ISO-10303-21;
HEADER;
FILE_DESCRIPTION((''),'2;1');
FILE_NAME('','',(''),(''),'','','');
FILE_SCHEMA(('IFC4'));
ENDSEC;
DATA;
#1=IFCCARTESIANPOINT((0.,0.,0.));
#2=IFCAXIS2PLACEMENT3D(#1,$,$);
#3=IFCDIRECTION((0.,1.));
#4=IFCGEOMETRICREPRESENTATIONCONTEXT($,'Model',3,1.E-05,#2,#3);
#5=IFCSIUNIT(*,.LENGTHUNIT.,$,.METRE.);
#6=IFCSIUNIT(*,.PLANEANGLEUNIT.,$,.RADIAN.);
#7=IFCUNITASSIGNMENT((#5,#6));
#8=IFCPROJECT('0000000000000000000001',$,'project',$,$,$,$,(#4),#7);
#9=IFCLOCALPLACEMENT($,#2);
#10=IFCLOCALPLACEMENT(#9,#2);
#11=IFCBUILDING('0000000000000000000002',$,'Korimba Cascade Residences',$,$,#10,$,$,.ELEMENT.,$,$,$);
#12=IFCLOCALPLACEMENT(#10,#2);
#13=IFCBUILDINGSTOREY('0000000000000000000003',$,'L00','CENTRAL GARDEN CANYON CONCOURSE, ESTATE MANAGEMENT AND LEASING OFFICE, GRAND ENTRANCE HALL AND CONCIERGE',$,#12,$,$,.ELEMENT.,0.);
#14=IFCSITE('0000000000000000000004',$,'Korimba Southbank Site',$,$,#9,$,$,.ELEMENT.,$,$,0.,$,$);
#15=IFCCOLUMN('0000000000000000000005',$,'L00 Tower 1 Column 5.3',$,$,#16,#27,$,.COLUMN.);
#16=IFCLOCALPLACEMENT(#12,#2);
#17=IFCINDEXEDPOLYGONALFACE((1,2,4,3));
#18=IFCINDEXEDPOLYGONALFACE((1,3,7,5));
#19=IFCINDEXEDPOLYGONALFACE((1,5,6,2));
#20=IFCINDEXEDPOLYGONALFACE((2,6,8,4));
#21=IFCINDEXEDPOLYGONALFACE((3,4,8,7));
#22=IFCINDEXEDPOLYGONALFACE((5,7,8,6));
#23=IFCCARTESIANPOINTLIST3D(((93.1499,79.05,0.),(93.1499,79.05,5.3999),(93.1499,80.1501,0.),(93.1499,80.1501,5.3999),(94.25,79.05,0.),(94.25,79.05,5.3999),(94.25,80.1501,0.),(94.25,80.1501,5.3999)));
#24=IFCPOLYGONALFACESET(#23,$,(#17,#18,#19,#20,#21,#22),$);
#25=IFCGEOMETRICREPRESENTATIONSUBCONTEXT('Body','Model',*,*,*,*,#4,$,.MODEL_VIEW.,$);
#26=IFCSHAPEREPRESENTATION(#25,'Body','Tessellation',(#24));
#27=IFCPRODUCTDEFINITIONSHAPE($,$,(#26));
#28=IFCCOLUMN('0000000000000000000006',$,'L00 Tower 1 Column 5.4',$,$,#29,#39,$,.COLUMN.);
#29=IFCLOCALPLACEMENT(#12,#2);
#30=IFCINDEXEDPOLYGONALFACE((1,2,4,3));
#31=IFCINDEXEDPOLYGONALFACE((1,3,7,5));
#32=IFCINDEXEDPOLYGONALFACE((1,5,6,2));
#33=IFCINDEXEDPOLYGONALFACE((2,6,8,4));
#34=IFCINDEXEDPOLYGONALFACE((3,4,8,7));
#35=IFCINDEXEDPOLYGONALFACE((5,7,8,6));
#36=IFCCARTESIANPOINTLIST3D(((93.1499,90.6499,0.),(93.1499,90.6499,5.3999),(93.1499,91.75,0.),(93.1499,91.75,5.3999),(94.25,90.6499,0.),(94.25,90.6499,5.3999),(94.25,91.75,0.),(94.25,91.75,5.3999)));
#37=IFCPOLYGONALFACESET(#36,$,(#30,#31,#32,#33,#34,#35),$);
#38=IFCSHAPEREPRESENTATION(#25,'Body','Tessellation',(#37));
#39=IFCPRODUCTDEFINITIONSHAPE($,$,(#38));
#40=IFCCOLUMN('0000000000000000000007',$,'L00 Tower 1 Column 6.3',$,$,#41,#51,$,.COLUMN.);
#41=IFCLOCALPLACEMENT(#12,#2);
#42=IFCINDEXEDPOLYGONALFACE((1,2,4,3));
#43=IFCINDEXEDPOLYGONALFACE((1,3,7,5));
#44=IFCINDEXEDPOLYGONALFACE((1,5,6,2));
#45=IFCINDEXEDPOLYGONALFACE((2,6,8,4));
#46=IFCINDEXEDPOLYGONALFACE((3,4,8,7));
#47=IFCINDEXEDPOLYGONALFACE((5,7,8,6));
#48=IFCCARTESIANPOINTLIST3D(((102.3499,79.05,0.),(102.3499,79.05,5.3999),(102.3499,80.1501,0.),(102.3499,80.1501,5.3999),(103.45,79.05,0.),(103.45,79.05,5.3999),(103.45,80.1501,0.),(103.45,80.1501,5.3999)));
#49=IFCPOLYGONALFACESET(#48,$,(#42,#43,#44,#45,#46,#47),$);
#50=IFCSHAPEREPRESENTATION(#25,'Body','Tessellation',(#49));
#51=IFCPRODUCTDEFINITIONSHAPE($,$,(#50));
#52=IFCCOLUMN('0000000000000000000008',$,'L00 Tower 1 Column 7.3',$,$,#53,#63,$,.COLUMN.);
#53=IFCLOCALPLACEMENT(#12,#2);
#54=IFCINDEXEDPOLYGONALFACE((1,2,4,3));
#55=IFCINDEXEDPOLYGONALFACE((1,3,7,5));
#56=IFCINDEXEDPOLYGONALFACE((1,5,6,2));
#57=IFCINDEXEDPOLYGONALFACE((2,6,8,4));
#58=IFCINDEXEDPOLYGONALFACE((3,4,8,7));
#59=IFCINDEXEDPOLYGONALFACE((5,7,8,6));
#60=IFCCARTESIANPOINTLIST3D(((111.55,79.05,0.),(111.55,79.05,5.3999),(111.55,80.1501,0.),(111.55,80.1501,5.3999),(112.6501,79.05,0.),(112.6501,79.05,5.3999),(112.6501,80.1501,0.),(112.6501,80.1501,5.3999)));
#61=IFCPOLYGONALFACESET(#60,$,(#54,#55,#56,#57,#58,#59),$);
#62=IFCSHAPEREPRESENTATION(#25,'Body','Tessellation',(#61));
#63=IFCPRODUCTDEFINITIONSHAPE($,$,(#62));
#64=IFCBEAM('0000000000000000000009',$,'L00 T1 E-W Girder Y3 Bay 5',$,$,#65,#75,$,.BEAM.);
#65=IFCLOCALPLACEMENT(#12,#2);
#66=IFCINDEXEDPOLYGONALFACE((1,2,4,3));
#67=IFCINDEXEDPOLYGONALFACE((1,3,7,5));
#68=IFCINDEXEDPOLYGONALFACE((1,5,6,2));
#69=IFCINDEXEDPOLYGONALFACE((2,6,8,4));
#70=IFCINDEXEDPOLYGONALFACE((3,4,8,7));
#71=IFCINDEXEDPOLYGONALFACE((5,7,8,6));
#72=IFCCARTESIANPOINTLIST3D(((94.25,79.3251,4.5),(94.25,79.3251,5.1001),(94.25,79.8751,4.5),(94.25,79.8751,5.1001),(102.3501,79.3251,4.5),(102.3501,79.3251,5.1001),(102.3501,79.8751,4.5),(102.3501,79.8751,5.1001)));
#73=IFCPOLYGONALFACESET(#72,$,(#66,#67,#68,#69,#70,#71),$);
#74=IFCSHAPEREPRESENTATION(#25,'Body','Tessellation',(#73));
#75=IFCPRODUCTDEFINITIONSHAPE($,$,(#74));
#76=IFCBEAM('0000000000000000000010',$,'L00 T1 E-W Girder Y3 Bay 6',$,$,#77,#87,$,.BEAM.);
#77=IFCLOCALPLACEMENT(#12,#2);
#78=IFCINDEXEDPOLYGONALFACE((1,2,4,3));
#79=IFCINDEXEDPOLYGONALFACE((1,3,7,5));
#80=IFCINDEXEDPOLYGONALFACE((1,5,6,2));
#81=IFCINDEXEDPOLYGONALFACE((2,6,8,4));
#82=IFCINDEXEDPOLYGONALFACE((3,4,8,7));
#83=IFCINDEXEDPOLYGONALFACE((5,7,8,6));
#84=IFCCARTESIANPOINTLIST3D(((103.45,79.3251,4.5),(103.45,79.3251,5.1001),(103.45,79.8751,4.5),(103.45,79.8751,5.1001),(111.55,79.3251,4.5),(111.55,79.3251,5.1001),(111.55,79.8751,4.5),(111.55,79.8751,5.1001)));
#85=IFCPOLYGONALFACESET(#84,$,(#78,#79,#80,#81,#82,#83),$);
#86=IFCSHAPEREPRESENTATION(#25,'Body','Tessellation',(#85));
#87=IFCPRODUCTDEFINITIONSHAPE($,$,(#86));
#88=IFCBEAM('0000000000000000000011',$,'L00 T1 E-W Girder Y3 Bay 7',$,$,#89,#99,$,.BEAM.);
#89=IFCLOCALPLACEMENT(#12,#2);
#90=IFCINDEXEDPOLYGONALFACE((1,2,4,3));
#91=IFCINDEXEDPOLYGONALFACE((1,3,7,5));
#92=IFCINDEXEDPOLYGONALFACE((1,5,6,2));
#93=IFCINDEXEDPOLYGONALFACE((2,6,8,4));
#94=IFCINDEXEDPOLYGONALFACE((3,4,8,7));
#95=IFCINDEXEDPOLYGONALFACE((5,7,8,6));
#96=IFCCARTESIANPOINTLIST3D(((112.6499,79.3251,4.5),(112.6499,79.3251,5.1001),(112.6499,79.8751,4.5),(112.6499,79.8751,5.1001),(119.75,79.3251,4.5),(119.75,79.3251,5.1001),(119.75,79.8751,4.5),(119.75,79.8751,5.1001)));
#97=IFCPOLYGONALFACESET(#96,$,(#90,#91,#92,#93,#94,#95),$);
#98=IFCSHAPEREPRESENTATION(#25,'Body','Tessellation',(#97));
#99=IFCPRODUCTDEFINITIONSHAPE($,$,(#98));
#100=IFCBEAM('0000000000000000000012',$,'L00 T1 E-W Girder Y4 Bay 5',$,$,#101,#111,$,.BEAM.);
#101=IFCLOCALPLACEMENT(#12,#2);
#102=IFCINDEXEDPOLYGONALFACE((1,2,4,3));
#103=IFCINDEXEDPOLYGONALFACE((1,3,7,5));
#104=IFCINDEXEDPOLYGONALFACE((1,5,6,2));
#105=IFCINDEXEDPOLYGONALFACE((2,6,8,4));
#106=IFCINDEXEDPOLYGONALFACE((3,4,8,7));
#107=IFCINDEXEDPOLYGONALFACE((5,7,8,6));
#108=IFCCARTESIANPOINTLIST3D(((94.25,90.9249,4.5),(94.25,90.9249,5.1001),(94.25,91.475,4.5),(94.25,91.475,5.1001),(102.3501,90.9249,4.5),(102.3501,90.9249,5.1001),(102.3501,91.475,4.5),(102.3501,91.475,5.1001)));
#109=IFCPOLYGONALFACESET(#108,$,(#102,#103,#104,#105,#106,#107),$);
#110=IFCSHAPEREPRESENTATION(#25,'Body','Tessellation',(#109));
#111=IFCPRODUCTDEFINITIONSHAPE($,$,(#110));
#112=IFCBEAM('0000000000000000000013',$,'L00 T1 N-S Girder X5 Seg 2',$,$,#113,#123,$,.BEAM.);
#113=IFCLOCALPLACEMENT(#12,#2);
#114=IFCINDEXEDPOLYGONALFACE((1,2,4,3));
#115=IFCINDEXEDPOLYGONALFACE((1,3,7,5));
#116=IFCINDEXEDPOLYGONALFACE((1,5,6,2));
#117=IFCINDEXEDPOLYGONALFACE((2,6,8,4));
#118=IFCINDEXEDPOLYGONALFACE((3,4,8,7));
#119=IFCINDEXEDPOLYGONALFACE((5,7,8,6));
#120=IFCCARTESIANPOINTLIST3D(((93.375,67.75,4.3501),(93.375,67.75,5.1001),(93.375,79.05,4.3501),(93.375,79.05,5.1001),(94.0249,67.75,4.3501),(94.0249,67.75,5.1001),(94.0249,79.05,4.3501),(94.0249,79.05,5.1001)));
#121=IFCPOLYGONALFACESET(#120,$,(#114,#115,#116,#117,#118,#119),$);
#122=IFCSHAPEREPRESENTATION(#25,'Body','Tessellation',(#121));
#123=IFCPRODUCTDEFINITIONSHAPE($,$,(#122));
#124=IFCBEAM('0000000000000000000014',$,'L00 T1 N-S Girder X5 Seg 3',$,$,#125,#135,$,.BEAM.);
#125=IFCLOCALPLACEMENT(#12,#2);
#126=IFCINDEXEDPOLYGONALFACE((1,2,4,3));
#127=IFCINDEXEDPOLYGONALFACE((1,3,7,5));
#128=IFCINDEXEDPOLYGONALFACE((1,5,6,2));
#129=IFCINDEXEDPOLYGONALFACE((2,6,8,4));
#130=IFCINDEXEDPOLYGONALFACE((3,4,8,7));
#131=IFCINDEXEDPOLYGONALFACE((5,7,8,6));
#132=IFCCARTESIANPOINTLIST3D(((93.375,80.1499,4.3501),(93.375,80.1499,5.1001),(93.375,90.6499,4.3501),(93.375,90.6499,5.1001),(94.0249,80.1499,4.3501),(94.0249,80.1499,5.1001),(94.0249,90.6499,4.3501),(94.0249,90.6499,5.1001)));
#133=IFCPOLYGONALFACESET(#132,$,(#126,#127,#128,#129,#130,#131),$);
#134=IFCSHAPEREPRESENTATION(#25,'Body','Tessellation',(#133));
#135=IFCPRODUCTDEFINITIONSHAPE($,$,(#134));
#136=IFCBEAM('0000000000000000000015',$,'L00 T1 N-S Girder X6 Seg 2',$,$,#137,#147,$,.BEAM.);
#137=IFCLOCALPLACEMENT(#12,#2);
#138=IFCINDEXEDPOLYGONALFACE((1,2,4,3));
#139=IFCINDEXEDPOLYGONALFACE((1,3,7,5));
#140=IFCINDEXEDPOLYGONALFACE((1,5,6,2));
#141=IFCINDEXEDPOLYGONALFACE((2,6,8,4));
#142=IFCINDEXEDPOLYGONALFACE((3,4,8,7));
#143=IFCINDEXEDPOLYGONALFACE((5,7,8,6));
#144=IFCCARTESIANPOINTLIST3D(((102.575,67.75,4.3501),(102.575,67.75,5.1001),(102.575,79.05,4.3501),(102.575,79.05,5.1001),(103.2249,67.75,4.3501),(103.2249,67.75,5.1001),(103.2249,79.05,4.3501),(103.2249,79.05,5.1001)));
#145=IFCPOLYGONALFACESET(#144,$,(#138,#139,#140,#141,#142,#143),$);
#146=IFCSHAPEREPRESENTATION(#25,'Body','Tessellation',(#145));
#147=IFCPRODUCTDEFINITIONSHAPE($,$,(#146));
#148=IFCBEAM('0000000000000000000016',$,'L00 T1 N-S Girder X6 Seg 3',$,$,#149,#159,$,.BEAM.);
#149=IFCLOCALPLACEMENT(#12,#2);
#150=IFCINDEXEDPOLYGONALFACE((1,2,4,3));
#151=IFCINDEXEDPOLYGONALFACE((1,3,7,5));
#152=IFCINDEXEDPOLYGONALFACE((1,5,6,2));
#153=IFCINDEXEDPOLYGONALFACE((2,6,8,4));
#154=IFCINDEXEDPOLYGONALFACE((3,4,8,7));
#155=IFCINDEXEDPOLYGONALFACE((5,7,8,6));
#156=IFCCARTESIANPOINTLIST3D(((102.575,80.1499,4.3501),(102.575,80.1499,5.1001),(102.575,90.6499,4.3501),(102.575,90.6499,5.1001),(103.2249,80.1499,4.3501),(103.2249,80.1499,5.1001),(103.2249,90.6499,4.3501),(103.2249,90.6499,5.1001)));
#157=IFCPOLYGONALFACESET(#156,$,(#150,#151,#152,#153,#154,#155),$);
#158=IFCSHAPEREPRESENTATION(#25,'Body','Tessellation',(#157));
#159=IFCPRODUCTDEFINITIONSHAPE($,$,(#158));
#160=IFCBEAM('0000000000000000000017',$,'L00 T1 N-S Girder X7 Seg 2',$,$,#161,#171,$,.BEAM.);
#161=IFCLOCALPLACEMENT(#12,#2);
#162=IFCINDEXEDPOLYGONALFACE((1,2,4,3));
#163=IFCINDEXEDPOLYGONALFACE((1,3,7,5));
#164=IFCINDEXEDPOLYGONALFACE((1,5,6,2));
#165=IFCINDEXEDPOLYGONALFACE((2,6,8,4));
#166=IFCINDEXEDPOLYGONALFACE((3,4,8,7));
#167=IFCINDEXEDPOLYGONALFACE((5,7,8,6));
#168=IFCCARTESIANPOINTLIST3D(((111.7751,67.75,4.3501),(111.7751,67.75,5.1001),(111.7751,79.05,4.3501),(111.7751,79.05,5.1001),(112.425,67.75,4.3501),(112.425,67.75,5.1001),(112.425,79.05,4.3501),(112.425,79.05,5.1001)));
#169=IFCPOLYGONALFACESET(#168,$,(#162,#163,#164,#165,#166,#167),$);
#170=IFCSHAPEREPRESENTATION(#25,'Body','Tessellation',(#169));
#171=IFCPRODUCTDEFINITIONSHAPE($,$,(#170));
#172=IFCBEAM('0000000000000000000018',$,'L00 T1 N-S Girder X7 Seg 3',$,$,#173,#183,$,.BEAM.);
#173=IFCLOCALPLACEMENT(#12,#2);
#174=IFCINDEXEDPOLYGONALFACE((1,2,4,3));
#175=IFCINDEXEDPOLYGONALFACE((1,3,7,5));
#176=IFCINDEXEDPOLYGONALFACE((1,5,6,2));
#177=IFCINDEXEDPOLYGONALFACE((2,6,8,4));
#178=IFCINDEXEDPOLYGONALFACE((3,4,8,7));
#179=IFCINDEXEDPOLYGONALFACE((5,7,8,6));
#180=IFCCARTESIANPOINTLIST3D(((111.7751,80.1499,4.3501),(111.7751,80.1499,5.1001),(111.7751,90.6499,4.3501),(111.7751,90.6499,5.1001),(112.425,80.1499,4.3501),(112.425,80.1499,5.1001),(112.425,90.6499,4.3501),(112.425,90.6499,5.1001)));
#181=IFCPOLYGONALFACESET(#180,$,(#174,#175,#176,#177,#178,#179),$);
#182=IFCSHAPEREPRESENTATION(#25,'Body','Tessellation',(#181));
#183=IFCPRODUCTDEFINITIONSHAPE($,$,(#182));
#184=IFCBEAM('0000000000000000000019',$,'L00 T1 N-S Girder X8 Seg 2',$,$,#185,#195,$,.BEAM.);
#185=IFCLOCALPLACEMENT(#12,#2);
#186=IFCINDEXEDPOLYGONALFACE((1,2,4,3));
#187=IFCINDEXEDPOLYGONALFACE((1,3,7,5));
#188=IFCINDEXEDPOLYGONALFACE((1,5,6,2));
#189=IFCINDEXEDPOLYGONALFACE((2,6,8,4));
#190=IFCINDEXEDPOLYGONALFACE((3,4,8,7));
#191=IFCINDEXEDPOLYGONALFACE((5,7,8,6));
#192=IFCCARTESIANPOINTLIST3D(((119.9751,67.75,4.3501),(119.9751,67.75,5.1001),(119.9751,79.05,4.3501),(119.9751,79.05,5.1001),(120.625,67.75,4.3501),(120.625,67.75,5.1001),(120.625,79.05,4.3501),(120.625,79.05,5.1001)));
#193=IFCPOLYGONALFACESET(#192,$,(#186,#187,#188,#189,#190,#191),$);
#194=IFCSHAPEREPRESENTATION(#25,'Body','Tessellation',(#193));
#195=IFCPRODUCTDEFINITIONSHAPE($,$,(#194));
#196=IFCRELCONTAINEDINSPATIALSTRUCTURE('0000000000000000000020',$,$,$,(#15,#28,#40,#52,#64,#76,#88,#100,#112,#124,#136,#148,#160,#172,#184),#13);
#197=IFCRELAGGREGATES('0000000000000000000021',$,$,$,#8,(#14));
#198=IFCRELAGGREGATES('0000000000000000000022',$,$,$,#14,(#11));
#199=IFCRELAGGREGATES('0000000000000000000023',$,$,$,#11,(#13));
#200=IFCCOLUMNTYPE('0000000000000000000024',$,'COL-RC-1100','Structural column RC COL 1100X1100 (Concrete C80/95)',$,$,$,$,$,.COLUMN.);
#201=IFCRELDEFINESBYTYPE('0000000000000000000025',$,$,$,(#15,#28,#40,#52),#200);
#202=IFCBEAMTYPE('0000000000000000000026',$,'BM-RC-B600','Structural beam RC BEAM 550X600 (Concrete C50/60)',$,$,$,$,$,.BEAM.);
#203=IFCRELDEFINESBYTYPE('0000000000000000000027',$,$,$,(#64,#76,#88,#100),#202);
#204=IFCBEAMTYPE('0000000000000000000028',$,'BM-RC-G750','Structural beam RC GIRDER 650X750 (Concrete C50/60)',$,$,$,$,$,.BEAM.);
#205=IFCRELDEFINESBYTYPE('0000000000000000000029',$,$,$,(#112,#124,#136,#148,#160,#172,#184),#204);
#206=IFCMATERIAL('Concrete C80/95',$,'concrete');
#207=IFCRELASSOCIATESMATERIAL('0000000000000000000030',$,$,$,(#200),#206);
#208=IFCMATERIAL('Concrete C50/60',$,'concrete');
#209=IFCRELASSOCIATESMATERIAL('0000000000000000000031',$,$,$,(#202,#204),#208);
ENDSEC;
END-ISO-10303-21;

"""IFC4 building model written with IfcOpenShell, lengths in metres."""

from ifc_helpers import new_model, si_unit, direction, frame, origin, origin_2d, place, context, subcontext, project, spatial, rectangle, extrude, material, material_profile, profile_set, type_object, element, save


model = new_model("IFC4")

# Units and contexts
model_context = context("Model", 3, precision=1e-05, world=origin(), true_north=direction((0.0, 1.0)))
body_context = subcontext(model_context, "Body", "Model", "MODEL_VIEW")
ifc_project = project(units=[si_unit("LENGTHUNIT", "METRE"), si_unit("PLANEANGLEUNIT", "RADIAN")], contexts=[model_context])

# Site, building, storey
site_placement = place(None, origin())
site = spatial("IfcSite", under=ifc_project, at=site_placement, Name="Korimba Southbank Site", CompositionType="ELEMENT", RefElevation=0.0)
building_placement = place(site_placement, origin())
building = spatial("IfcBuilding", under=site, at=building_placement, Name="Korimba Cascade Residences", CompositionType="ELEMENT")
storey_placement = place(building_placement, origin())
storey = spatial("IfcBuildingStorey", under=building, at=storey_placement, Name="L00", Description="CENTRAL GARDEN CANYON CONCOURSE, ESTATE MANAGEMENT AND LEASING OFFICE, GRAND ENTRANCE HALL AND CONCIERGE", CompositionType="ELEMENT", Elevation=0.0)

# Columns
ifc_material_1 = material(Name="Concrete C80/95", Category="concrete")
ifc_material_profile_1 = material_profile(ifc_material_1, rectangle(XDim=1.1001, YDim=1.1001, at=origin_2d()), Name="Concrete C80/95")
ifc_profile_set_1 = profile_set([ifc_material_profile_1], Name="Concrete C80/95")
column_type = type_object("IfcColumnType", Name="COL-RC-1100", Description="Structural column RC COL 1100X1100 (Concrete C80/95)", PredefinedType="COLUMN", material=ifc_profile_set_1)
for number, where, z_axis, x_axis, name in (
    (1, (93.7, 79.6001, 0.0), (0.0, 0.0, 1.0), (1.0, 0.0, 0.0), "L00 Tower 1 Column 5.3"),
    (2, (93.7, 91.2, 0.0), (0.0, 0.0, 1.0), (1.0, 0.0, 0.0), "L00 Tower 1 Column 5.4"),
    (3, (102.8999, 79.6001, 0.0), (0.0, 0.0, 1.0), (1.0, 0.0, 0.0), "L00 Tower 1 Column 6.3"),
    (4, (112.1001, 79.6001, 0.0), (0.0, 0.0, 1.0), (1.0, 0.0, 0.0), "L00 Tower 1 Column 7.3"),
):
    element("IfcColumn", number, at=place(storey_placement, frame(where, z_axis=z_axis, x_axis=x_axis)), inside=storey, type_object=column_type, Name=name, PredefinedType="COLUMN", context=body_context, shape_type="SweptSolid", body=[
        extrude(rectangle(XDim=1.1001, YDim=1.1001, at=origin_2d()), origin(), (0.0, 0.0, 1.0), 5.3999),
    ])

# Beams
ifc_material_2 = material(Name="Concrete C50/60", Category="concrete")
ifc_material_profile_2 = material_profile(ifc_material_2, rectangle(XDim=0.55, YDim=0.6001, at=origin_2d()), Name="Concrete C50/60")
ifc_profile_set_2 = profile_set([ifc_material_profile_2], Name="Concrete C50/60")
beam_type_1 = type_object("IfcBeamType", Name="BM-RC-B600", Description="Structural beam RC BEAM 550X600 (Concrete C50/60)", PredefinedType="BEAM", material=ifc_profile_set_2)
for number, where, z_axis, x_axis, name in (
    (5, (94.25, 79.6001, 4.8), (1.0, 0.0, 0.0), (0.0, 1.0, 0.0), "L00 T1 E-W Girder Y3 Bay 5"),
    (6, (103.45, 79.6001, 4.8), (1.0, 0.0, 0.0), (0.0, 1.0, 0.0), "L00 T1 E-W Girder Y3 Bay 6"),
):
    element("IfcBeam", number, at=place(storey_placement, frame(where, z_axis=z_axis, x_axis=x_axis)), inside=storey, type_object=beam_type_1, Name=name, PredefinedType="BEAM", context=body_context, shape_type="SweptSolid", body=[
        extrude(rectangle(XDim=0.55, YDim=0.6001, at=origin_2d()), origin(), (0.0, 0.0, 1.0), 8.1001),
    ])
beam_1_placement = place(storey_placement, frame((112.6499, 79.6001, 4.8), z_axis=(1.0, 0.0, 0.0), x_axis=(0.0, 1.0, 0.0)))
element("IfcBeam", 7, at=beam_1_placement, inside=storey, type_object=beam_type_1, Name="L00 T1 E-W Girder Y3 Bay 7", PredefinedType="BEAM", context=body_context, shape_type="SweptSolid", body=[
    extrude(rectangle(XDim=0.55, YDim=0.6001, at=origin_2d()), origin(), (0.0, 0.0, 1.0), 7.1001),
])
beam_2_placement = place(storey_placement, frame((94.25, 91.2, 4.8), z_axis=(1.0, 0.0, 0.0), x_axis=(0.0, 1.0, 0.0)))
element("IfcBeam", 8, at=beam_2_placement, inside=storey, type_object=beam_type_1, Name="L00 T1 E-W Girder Y4 Bay 5", PredefinedType="BEAM", context=body_context, shape_type="SweptSolid", body=[
    extrude(rectangle(XDim=0.55, YDim=0.6001, at=origin_2d()), origin(), (0.0, 0.0, 1.0), 8.1001),
])
ifc_material_profile_3 = material_profile(ifc_material_2, rectangle(XDim=0.6499, YDim=0.75, at=origin_2d()), Name="Concrete C50/60")
ifc_profile_set_3 = profile_set([ifc_material_profile_3], Name="Concrete C50/60")
beam_type_2 = type_object("IfcBeamType", Name="BM-RC-G750", Description="Structural beam RC GIRDER 650X750 (Concrete C50/60)", PredefinedType="BEAM", material=ifc_profile_set_3)
beam_3_placement = place(storey_placement, frame((93.7, 67.75, 4.7251), z_axis=(0.0, 1.0, 0.0), x_axis=(-1.0, 0.0, 0.0)))
element("IfcBeam", 9, at=beam_3_placement, inside=storey, type_object=beam_type_2, Name="L00 T1 N-S Girder X5 Seg 2", PredefinedType="BEAM", context=body_context, shape_type="SweptSolid", body=[
    extrude(rectangle(XDim=0.6499, YDim=0.75, at=origin_2d()), origin(), (0.0, 0.0, 1.0), 11.3),
])
beam_4_placement = place(storey_placement, frame((93.7, 80.1499, 4.7251), z_axis=(0.0, 1.0, 0.0), x_axis=(-1.0, 0.0, 0.0)))
element("IfcBeam", 10, at=beam_4_placement, inside=storey, type_object=beam_type_2, Name="L00 T1 N-S Girder X5 Seg 3", PredefinedType="BEAM", context=body_context, shape_type="SweptSolid", body=[
    extrude(rectangle(XDim=0.6499, YDim=0.75, at=origin_2d()), origin(), (0.0, 0.0, 1.0), 10.5),
])
beam_5_placement = place(storey_placement, frame((102.8999, 67.75, 4.7251), z_axis=(0.0, 1.0, 0.0), x_axis=(-1.0, 0.0, 0.0)))
element("IfcBeam", 11, at=beam_5_placement, inside=storey, type_object=beam_type_2, Name="L00 T1 N-S Girder X6 Seg 2", PredefinedType="BEAM", context=body_context, shape_type="SweptSolid", body=[
    extrude(rectangle(XDim=0.6499, YDim=0.75, at=origin_2d()), origin(), (0.0, 0.0, 1.0), 11.3),
])
beam_6_placement = place(storey_placement, frame((102.8999, 80.1499, 4.7251), z_axis=(0.0, 1.0, 0.0), x_axis=(-1.0, 0.0, 0.0)))
element("IfcBeam", 12, at=beam_6_placement, inside=storey, type_object=beam_type_2, Name="L00 T1 N-S Girder X6 Seg 3", PredefinedType="BEAM", context=body_context, shape_type="SweptSolid", body=[
    extrude(rectangle(XDim=0.6499, YDim=0.75, at=origin_2d()), origin(), (0.0, 0.0, 1.0), 10.5),
])
beam_7_placement = place(storey_placement, frame((112.1001, 67.75, 4.7251), z_axis=(0.0, 1.0, 0.0), x_axis=(-1.0, 0.0, 0.0)))
element("IfcBeam", 13, at=beam_7_placement, inside=storey, type_object=beam_type_2, Name="L00 T1 N-S Girder X7 Seg 2", PredefinedType="BEAM", context=body_context, shape_type="SweptSolid", body=[
    extrude(rectangle(XDim=0.6499, YDim=0.75, at=origin_2d()), origin(), (0.0, 0.0, 1.0), 11.3),
])
beam_8_placement = place(storey_placement, frame((112.1001, 80.1499, 4.7251), z_axis=(0.0, 1.0, 0.0), x_axis=(-1.0, 0.0, 0.0)))
element("IfcBeam", 14, at=beam_8_placement, inside=storey, type_object=beam_type_2, Name="L00 T1 N-S Girder X7 Seg 3", PredefinedType="BEAM", context=body_context, shape_type="SweptSolid", body=[
    extrude(rectangle(XDim=0.6499, YDim=0.75, at=origin_2d()), origin(), (0.0, 0.0, 1.0), 10.5),
])
beam_9_placement = place(storey_placement, frame((120.3, 67.75, 4.7251), z_axis=(0.0, 1.0, 0.0), x_axis=(-1.0, 0.0, 0.0)))
element("IfcBeam", 15, at=beam_9_placement, inside=storey, type_object=beam_type_2, Name="L00 T1 N-S Girder X8 Seg 2", PredefinedType="BEAM", context=body_context, shape_type="SweptSolid", body=[
    extrude(rectangle(XDim=0.6499, YDim=0.75, at=origin_2d()), origin(), (0.0, 0.0, 1.0), 11.3),
])

save(model, "model.ifc")
